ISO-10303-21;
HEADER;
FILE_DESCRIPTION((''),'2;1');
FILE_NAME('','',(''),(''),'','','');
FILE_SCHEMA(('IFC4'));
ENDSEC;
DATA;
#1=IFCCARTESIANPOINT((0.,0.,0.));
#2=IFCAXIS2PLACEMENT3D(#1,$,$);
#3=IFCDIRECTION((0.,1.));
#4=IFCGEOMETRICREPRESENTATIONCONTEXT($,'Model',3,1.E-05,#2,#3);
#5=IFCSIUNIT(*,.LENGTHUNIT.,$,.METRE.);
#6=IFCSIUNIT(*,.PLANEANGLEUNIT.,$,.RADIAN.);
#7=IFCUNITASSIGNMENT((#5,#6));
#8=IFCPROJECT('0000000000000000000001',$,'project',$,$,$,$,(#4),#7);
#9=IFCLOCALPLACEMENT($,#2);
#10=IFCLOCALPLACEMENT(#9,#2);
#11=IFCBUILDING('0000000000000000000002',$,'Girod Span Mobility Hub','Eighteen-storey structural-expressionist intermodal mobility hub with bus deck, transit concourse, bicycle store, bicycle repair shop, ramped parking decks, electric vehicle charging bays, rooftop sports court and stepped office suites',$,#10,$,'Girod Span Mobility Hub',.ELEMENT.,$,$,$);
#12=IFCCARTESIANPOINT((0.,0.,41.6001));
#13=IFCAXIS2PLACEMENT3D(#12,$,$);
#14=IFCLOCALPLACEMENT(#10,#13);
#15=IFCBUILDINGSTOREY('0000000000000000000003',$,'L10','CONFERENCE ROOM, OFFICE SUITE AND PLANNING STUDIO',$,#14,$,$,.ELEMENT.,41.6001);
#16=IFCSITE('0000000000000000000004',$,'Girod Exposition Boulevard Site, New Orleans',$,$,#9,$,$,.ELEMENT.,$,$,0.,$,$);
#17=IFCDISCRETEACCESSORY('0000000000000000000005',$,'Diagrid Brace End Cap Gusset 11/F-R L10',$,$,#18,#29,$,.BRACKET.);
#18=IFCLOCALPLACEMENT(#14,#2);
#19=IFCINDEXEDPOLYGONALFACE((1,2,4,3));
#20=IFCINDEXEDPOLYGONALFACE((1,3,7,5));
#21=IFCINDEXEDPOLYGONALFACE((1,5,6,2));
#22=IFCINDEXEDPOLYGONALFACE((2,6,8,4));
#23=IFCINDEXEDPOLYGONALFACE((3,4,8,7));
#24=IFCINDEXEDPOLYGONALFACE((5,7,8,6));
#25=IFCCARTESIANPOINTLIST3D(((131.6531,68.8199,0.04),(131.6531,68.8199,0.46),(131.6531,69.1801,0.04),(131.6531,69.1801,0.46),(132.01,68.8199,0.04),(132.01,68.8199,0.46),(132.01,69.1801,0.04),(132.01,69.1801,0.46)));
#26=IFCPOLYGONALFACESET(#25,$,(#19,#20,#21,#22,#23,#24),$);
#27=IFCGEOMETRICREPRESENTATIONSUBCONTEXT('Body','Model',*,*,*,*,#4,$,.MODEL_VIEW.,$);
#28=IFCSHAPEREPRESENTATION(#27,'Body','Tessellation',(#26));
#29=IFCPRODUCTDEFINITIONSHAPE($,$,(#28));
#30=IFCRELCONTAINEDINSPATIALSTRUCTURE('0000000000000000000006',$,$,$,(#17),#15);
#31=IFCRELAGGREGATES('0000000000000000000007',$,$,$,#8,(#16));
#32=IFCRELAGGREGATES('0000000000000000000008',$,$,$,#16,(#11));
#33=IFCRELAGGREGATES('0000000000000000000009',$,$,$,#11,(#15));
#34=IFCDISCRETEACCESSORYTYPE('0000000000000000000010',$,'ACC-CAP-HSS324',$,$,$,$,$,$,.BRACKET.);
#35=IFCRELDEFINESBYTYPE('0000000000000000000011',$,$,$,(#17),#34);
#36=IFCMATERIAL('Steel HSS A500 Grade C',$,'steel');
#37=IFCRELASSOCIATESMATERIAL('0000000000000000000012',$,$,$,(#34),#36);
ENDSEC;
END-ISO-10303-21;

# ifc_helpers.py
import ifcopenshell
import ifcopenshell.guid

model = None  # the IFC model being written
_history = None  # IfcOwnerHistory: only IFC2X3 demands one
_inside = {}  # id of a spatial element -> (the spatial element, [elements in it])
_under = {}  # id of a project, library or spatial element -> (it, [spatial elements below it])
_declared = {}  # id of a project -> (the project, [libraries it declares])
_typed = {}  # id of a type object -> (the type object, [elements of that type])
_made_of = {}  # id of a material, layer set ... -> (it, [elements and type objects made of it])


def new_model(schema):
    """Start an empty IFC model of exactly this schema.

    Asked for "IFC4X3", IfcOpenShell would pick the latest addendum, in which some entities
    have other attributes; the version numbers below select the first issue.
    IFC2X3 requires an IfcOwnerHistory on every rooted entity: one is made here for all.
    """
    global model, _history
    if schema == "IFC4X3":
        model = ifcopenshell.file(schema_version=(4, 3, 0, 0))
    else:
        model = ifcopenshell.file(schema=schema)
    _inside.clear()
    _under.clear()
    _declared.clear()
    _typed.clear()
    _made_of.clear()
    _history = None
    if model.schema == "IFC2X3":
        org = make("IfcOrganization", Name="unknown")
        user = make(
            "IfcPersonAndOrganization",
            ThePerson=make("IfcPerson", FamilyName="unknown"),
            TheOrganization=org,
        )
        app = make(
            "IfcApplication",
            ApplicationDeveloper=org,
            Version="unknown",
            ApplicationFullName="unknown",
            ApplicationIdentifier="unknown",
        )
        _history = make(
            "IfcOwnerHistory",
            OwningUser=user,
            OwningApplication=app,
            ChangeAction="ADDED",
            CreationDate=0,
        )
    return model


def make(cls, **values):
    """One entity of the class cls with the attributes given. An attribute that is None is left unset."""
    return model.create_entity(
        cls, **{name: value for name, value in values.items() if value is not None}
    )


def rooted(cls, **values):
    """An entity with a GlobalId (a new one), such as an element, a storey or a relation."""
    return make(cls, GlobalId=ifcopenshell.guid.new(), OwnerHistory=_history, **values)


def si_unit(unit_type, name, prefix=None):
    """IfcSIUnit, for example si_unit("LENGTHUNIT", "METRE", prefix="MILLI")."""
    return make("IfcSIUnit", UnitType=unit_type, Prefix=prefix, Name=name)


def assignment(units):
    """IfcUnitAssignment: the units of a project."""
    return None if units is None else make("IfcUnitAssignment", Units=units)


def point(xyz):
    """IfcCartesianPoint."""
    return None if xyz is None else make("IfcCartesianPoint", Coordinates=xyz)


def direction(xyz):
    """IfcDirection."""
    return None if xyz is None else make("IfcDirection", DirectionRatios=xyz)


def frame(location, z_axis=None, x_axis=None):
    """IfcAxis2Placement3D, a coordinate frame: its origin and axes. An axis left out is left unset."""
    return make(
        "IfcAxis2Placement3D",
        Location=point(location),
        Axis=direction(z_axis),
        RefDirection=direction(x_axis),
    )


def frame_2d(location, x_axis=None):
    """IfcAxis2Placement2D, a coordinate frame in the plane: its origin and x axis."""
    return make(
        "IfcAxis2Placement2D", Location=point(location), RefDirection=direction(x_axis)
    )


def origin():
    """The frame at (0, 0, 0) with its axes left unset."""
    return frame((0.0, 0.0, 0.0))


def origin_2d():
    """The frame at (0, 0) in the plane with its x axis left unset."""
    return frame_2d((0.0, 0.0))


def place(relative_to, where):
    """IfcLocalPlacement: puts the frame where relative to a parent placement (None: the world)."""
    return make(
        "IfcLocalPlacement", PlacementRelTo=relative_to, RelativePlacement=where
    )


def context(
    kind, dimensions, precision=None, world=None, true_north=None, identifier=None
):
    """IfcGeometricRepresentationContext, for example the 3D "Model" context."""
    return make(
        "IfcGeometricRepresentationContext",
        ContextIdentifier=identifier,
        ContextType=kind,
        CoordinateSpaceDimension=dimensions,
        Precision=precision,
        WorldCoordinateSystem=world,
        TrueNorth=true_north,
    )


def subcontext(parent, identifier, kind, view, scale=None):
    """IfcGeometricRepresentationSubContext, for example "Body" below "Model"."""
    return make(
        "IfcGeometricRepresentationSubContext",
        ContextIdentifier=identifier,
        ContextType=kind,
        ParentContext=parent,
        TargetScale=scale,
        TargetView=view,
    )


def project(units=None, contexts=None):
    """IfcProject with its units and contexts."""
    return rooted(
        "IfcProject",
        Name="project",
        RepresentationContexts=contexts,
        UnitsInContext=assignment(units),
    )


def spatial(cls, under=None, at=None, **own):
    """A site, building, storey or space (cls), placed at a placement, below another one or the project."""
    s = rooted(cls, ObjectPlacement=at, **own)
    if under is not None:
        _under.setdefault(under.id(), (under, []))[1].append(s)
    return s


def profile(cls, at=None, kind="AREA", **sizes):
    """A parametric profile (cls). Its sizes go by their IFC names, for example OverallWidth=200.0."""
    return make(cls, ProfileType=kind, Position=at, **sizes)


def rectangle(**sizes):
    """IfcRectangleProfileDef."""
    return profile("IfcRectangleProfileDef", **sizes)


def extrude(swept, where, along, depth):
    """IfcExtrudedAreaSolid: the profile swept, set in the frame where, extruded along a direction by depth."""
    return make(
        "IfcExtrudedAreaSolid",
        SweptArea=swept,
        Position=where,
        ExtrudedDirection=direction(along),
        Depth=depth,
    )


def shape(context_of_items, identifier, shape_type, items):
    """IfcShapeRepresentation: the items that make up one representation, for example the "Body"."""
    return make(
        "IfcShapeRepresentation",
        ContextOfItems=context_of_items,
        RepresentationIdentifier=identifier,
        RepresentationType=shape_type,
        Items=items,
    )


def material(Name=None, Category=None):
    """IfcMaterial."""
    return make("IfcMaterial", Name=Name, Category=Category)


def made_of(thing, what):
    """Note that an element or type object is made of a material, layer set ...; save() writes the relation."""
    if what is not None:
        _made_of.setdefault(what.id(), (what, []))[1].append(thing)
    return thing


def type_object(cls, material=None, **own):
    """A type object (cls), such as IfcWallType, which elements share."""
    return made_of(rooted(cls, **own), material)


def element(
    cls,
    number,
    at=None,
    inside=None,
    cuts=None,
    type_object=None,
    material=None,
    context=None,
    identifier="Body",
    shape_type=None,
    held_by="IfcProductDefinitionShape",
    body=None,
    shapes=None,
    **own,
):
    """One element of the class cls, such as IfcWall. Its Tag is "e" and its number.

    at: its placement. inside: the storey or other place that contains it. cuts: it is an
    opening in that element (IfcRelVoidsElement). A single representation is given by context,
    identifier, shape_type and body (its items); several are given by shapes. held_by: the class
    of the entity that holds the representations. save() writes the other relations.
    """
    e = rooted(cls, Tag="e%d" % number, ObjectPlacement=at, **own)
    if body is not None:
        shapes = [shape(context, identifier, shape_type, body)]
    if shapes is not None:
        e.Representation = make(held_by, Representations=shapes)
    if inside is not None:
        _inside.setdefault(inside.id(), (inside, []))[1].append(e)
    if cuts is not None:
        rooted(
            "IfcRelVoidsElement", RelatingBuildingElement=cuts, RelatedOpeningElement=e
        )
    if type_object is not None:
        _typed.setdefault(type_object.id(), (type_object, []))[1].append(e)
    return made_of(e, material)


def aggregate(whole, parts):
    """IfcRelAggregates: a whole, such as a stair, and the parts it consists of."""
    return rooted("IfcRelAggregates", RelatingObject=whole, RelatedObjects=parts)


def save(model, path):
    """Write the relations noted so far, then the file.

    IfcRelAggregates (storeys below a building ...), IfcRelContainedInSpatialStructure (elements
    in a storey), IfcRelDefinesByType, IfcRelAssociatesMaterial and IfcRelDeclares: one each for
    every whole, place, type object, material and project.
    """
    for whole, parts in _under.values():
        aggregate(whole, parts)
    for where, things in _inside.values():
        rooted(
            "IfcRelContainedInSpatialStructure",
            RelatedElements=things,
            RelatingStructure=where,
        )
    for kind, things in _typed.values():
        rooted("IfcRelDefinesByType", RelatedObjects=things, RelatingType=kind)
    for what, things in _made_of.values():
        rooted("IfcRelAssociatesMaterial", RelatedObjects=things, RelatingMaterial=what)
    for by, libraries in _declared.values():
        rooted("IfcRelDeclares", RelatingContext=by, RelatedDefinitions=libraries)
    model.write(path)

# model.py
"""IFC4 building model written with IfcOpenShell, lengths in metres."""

from ifc_helpers import new_model, si_unit, direction, frame, origin, origin_2d, place, context, subcontext, project, spatial, rectangle, extrude, material, type_object, element, save


model = new_model("IFC4")

# Units and contexts
model_context = context("Model", 3, precision=1e-05, world=origin(), true_north=direction((0.0, 1.0)))
body_context = subcontext(model_context, "Body", "Model", "MODEL_VIEW")
ifc_project = project(units=[si_unit("LENGTHUNIT", "METRE"), si_unit("PLANEANGLEUNIT", "RADIAN")], contexts=[model_context])

# Site, building, storey
site_placement = place(None, origin())
site = spatial("IfcSite", under=ifc_project, at=site_placement, Name="Girod Exposition Boulevard Site, New Orleans", CompositionType="ELEMENT", RefElevation=0.0)
building_placement = place(site_placement, origin())
building = spatial("IfcBuilding", under=site, at=building_placement, Name="Girod Span Mobility Hub", Description="Eighteen-storey structural-expressionist intermodal mobility hub with bus deck, transit concourse, bicycle store, bicycle repair shop, ramped parking decks, electric vehicle charging bays, rooftop sports court and stepped office suites", LongName="Girod Span Mobility Hub", CompositionType="ELEMENT")
storey_placement = place(building_placement, frame((0.0, 0.0, 41.6001)))
storey = spatial("IfcBuildingStorey", under=building, at=storey_placement, Name="L10", Description="CONFERENCE ROOM, OFFICE SUITE AND PLANNING STUDIO", CompositionType="ELEMENT", Elevation=41.6001)

# Discrete accessory
ifc_material_1 = material(Name="Steel HSS A500 Grade C", Category="steel")
discrete_accessory_type = type_object("IfcDiscreteAccessoryType", Name="ACC-CAP-HSS324", PredefinedType="BRACKET", material=ifc_material_1)
discrete_accessory_placement = place(storey_placement, frame((131.8315, 69.0, 0.04), z_axis=(0.0, 0.0, 1.0), x_axis=(1.0, 0.0, 0.0)))
element("IfcDiscreteAccessory", 1, at=discrete_accessory_placement, inside=storey, type_object=discrete_accessory_type, Name="Diagrid Brace End Cap Gusset 11/F-R L10", PredefinedType="BRACKET", context=body_context, shape_type="SweptSolid", body=[
    extrude(rectangle(XDim=0.3569, YDim=0.3601, at=origin_2d()), origin(), (0.0, 0.0, 1.0), 0.4199),
])

save(model, "model.ifc")
